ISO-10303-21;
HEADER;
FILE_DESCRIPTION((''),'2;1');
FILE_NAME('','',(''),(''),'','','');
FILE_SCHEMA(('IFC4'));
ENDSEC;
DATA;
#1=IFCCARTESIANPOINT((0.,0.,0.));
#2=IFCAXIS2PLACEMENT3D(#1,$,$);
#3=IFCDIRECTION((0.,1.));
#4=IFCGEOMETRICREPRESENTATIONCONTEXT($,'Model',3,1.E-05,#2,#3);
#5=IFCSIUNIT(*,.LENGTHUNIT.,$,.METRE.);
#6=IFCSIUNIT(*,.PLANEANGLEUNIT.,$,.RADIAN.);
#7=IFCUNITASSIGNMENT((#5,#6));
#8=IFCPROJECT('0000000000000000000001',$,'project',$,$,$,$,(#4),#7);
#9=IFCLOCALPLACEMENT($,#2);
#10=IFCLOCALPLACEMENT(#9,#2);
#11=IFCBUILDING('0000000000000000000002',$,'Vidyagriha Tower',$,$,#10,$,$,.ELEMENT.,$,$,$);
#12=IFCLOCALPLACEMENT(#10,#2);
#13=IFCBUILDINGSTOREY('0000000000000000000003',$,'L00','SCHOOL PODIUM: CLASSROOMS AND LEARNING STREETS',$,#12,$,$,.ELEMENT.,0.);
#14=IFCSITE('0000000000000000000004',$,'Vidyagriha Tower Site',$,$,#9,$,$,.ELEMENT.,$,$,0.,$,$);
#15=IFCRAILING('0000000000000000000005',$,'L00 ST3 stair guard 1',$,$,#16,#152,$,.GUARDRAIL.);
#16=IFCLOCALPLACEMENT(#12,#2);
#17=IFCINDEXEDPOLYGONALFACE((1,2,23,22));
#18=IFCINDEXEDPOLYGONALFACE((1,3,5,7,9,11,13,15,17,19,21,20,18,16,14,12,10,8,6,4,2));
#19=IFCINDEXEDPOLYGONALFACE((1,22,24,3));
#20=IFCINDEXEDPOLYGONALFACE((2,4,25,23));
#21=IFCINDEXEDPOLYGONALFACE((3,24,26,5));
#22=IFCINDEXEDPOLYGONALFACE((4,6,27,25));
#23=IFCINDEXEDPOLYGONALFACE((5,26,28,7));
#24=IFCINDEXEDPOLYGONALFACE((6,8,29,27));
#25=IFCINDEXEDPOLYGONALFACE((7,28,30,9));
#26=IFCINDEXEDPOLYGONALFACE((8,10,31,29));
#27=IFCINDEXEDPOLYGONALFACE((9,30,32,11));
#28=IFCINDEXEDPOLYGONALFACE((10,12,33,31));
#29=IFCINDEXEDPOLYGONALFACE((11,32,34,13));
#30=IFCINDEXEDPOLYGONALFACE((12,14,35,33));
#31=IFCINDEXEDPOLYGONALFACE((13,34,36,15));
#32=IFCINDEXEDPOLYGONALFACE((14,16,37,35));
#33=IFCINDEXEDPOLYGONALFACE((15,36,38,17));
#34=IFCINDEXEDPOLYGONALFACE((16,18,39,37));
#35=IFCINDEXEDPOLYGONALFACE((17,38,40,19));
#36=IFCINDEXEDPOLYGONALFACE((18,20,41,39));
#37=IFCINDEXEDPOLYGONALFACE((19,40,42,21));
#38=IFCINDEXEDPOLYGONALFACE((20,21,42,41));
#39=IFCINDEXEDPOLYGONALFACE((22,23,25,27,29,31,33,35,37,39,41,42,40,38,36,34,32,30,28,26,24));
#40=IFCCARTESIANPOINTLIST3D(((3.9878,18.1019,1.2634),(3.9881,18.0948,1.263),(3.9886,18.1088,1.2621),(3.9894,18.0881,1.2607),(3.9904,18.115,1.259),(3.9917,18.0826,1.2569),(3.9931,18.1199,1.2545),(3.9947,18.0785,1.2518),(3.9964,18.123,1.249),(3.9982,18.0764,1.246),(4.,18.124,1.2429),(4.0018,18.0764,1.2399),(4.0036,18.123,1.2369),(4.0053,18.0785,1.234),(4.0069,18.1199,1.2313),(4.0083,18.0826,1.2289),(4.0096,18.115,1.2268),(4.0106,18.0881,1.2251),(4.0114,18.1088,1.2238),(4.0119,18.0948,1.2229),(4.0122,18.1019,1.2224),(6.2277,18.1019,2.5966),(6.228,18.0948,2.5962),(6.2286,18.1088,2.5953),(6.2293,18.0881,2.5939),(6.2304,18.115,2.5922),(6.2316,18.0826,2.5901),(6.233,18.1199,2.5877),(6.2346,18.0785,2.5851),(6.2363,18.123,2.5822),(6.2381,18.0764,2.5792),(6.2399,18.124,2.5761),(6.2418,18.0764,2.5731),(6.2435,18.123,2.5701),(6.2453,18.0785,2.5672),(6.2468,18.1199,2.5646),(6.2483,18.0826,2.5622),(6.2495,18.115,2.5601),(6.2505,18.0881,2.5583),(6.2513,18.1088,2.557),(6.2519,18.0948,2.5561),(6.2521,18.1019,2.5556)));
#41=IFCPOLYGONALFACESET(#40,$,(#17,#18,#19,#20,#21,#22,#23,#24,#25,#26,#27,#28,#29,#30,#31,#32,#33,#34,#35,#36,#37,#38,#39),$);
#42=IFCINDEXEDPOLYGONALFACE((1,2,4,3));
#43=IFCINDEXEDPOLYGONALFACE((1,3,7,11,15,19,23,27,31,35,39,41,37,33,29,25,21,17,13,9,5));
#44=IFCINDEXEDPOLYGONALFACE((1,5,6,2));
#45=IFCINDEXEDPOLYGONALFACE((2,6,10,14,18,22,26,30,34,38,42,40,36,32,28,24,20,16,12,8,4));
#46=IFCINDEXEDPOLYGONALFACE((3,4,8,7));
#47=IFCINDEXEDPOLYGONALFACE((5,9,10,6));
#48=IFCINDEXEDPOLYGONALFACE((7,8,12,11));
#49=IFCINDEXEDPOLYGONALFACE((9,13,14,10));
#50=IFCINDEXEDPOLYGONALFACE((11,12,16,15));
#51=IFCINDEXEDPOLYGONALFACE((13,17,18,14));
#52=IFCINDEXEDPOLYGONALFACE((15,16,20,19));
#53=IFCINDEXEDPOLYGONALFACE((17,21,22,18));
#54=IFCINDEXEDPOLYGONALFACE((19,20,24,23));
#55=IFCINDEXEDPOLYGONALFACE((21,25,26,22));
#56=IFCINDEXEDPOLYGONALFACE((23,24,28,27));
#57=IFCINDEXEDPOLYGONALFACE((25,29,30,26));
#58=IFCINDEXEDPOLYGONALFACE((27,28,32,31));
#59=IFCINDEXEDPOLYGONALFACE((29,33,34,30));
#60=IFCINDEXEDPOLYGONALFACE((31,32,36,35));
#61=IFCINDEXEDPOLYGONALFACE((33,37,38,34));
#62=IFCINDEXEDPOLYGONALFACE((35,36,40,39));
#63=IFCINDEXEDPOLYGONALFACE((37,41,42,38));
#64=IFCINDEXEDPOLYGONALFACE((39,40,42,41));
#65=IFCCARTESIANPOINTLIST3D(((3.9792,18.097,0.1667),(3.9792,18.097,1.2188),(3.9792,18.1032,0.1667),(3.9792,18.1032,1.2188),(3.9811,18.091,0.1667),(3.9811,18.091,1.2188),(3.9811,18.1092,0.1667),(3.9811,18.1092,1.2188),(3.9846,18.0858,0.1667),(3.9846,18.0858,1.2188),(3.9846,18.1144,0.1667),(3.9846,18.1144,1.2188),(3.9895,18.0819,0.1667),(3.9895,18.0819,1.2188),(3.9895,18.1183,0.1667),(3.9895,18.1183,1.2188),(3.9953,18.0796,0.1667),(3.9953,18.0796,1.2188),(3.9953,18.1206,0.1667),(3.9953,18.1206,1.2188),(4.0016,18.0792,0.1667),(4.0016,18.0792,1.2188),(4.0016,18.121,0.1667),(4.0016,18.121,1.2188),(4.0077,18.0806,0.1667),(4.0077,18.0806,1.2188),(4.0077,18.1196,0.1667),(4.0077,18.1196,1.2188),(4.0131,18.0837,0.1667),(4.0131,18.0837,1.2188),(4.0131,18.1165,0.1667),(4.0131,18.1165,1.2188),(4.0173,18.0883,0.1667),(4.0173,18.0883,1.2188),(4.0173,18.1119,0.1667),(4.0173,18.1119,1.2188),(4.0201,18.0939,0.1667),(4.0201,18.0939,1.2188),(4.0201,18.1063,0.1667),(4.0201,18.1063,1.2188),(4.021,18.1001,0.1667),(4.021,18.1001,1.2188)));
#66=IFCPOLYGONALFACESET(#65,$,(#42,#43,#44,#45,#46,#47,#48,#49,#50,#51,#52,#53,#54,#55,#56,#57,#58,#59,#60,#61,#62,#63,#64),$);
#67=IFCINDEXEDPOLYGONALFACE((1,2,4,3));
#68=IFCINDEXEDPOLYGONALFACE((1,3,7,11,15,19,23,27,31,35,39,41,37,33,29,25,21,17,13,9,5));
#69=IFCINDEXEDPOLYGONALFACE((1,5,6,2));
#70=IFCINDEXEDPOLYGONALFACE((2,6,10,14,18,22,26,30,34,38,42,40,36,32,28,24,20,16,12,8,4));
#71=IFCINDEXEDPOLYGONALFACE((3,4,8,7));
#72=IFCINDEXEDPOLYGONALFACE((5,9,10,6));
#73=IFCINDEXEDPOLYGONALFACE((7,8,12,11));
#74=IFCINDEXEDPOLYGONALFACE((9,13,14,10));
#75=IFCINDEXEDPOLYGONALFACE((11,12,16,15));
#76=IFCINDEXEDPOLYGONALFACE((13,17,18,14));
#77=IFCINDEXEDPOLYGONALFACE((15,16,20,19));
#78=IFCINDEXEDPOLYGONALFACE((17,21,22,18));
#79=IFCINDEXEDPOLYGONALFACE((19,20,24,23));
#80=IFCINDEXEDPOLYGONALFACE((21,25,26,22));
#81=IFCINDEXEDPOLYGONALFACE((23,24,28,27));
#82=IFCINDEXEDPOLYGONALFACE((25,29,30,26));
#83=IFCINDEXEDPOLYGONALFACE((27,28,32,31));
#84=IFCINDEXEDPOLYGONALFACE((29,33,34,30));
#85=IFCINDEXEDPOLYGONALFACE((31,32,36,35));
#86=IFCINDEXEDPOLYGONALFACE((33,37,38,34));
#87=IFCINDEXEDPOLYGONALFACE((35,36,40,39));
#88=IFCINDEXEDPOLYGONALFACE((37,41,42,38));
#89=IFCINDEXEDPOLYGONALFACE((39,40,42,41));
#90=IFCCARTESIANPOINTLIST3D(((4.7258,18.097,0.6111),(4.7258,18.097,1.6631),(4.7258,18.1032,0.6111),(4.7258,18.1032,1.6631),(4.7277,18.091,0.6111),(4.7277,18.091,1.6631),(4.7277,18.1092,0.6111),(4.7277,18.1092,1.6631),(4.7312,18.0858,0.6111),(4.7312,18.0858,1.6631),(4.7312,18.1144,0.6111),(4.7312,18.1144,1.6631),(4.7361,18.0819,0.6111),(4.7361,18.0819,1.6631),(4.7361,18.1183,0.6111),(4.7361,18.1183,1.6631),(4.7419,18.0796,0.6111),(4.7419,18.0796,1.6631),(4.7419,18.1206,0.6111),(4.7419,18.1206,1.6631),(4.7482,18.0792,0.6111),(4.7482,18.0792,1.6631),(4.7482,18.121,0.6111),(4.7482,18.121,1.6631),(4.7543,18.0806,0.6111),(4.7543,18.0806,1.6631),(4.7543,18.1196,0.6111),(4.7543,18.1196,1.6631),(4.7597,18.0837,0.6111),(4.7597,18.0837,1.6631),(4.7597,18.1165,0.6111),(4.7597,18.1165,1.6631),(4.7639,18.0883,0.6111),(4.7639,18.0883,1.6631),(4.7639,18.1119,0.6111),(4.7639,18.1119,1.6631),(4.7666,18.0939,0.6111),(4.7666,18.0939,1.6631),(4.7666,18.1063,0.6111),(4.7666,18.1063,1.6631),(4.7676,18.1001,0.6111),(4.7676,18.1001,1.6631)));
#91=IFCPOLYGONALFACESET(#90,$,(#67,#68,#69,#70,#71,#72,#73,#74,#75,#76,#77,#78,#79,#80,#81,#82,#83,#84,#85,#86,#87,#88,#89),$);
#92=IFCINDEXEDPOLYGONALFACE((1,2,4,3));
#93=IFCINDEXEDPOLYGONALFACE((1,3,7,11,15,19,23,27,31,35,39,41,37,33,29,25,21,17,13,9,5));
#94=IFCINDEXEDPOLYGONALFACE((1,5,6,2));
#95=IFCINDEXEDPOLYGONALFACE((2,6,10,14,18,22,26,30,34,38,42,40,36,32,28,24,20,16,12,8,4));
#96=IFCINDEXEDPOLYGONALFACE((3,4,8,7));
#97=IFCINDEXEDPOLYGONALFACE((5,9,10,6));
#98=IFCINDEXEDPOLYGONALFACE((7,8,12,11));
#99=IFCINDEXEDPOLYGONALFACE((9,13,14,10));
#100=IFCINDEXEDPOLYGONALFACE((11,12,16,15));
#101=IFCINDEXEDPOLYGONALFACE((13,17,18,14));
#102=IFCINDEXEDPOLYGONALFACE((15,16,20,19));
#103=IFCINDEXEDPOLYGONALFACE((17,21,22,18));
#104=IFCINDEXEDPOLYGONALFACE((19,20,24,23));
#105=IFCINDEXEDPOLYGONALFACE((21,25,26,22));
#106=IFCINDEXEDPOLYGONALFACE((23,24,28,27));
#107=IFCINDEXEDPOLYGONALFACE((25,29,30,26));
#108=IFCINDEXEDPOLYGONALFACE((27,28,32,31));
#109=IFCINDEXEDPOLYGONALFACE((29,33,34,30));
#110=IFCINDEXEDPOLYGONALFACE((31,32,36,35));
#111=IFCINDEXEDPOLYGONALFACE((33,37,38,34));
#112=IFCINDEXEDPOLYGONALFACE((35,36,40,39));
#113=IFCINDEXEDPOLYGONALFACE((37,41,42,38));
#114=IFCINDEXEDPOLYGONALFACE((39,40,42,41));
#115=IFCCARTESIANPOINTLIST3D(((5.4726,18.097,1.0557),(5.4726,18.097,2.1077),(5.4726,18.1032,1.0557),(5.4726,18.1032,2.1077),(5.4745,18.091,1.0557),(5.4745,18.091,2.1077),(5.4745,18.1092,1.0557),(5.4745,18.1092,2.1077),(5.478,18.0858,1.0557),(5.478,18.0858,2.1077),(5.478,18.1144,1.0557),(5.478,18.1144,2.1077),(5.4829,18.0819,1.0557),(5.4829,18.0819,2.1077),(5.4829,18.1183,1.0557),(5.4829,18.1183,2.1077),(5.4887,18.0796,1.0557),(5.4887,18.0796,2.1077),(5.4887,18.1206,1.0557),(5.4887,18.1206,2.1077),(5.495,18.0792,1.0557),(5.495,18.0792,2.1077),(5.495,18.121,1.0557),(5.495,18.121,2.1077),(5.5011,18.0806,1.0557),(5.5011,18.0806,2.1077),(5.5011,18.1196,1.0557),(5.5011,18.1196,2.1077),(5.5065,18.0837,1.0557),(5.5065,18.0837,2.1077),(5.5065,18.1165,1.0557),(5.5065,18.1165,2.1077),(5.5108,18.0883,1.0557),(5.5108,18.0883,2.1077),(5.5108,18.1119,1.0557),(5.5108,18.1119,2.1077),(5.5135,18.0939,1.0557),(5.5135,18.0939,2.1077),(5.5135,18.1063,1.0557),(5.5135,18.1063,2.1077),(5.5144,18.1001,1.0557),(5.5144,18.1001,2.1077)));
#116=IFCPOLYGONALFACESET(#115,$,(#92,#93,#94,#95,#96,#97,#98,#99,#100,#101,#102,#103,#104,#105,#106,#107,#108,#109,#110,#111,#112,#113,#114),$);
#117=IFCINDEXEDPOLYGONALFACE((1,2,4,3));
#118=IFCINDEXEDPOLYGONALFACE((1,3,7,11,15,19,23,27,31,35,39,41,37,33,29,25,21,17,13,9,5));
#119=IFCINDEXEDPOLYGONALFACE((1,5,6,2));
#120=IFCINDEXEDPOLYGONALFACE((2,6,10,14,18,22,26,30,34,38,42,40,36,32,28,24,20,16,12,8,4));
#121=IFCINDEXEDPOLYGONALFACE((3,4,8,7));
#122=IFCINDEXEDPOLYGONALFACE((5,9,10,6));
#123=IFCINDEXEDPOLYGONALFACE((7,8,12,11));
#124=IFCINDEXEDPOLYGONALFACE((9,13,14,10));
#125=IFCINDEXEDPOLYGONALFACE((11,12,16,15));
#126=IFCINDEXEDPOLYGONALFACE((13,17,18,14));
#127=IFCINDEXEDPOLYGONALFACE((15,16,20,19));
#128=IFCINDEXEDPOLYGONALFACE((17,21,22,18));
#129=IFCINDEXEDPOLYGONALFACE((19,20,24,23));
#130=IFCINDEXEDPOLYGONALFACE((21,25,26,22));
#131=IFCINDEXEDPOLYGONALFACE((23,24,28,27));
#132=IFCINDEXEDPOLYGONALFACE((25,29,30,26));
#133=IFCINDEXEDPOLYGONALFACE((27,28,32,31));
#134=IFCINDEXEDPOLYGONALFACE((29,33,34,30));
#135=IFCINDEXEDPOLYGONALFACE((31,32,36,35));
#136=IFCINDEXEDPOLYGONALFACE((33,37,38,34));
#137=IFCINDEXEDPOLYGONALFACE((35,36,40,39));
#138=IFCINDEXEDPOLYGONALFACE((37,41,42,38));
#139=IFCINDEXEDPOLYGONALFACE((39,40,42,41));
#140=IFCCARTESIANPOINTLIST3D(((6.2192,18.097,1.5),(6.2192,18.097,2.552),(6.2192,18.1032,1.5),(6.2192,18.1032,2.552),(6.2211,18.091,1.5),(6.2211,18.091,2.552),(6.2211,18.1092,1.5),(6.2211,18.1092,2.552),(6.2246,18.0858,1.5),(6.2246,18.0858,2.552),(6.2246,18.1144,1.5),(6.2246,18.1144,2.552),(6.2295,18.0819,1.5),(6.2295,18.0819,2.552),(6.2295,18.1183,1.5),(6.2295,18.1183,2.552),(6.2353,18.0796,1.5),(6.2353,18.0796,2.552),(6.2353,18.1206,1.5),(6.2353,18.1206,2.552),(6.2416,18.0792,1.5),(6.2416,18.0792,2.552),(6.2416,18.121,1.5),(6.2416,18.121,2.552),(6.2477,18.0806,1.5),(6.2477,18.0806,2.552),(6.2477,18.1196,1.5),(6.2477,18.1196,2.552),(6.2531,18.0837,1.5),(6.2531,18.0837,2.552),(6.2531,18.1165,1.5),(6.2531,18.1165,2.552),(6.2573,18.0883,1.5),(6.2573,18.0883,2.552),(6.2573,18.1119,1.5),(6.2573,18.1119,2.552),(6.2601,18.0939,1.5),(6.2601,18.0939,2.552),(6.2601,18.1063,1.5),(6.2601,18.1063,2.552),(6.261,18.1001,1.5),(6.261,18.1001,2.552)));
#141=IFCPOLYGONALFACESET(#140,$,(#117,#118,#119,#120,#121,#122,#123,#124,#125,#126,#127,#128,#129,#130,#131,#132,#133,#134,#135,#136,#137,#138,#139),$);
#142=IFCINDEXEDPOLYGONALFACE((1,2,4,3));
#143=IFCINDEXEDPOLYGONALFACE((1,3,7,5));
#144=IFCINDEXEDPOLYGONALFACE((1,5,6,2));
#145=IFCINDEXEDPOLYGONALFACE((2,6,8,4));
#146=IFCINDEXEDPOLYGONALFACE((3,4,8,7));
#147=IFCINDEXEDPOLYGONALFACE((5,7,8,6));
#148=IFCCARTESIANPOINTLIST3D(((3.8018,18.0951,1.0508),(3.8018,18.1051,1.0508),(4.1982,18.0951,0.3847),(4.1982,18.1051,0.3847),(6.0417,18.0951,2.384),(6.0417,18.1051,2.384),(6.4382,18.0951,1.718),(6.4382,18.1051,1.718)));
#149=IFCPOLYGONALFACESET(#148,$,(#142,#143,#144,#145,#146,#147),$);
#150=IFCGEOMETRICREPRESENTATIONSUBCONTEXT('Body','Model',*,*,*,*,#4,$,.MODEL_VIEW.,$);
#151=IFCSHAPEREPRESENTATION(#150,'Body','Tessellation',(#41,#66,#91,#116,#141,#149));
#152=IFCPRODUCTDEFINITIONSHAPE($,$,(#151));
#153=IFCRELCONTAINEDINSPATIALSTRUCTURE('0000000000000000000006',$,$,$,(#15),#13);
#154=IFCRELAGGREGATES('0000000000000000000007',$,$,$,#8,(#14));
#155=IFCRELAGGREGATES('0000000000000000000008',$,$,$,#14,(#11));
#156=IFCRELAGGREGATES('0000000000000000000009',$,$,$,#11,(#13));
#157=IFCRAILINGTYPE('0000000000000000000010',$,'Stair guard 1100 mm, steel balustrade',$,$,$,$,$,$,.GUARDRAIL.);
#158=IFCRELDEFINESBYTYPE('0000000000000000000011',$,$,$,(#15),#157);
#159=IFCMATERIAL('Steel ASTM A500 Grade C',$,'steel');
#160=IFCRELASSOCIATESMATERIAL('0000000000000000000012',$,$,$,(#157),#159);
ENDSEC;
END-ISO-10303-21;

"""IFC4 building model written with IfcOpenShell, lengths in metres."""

from ifc_helpers import new_model, si_unit, direction, frame, origin, origin_2d, place, context, subcontext, project, spatial, rectangle, circle, extrude, material, type_object, element, save


model = new_model("IFC4")

# Units and contexts
model_context = context("Model", 3, precision=1e-05, world=origin(), true_north=direction((0.0, 1.0)))
body_context = subcontext(model_context, "Body", "Model", "MODEL_VIEW")
ifc_project = project(units=[si_unit("LENGTHUNIT", "METRE"), si_unit("PLANEANGLEUNIT", "RADIAN")], contexts=[model_context])

# Site, building, storey
site_placement = place(None, origin())
site = spatial("IfcSite", under=ifc_project, at=site_placement, Name="Vidyagriha Tower Site", CompositionType="ELEMENT", RefElevation=0.0)
building_placement = place(site_placement, origin())
building = spatial("IfcBuilding", under=site, at=building_placement, Name="Vidyagriha Tower", CompositionType="ELEMENT")
storey_placement = place(building_placement, origin())
storey = spatial("IfcBuildingStorey", under=building, at=storey_placement, Name="L00", Description="SCHOOL PODIUM: CLASSROOMS AND LEARNING STREETS", CompositionType="ELEMENT", Elevation=0.0)

# Railing
ifc_material_1 = material(Name="Steel ASTM A500 Grade C", Category="steel")
railing_type_1 = type_object("IfcRailingType", Name="Stair guard 1100 mm, steel balustrade", PredefinedType="GUARDRAIL", material=ifc_material_1)
railing_1_placement = place(storey_placement, frame((4.0, 18.1001, 0.1667)))
element("IfcRailing", 1, at=railing_1_placement, inside=storey, type_object=railing_type_1, Name="L00 ST3 stair guard 1", PredefinedType="GUARDRAIL", context=body_context, shape_type="SweptSolid", body=[
    extrude(circle(Radius=0.0239, at=origin_2d()), frame((0.0, 0.0, 1.0762), z_axis=(0.859306, 0.0, 0.511462), x_axis=(0.0, 1.0, 0.0)), (0.0, 0.0, 1.0), 2.6067),
    extrude(circle(Radius=0.021, at=origin_2d()), origin(), (0.0, 0.0, 1.0), 1.052),
    extrude(circle(Radius=0.021, at=origin_2d()), frame((0.7466, 0.0, 0.4443)), (0.0, 0.0, 1.0), 1.052),
    extrude(circle(Radius=0.021, at=origin_2d()), frame((1.4934, 0.0, 0.8889)), (0.0, 0.0, 1.0), 1.052),
    extrude(circle(Radius=0.021, at=origin_2d()), frame((2.24, 0.0, 1.3333)), (0.0, 0.0, 1.0), 1.052),
    extrude(rectangle(XDim=0.01, YDim=0.7751, at=origin_2d()), frame((0.0, 0.0, 0.551), z_axis=(0.859306, 0.0, 0.511462), x_axis=(0.0, 1.0, 0.0)), (0.0, 0.0, 1.0), 2.6067),
])

save(model, "model.ifc")
